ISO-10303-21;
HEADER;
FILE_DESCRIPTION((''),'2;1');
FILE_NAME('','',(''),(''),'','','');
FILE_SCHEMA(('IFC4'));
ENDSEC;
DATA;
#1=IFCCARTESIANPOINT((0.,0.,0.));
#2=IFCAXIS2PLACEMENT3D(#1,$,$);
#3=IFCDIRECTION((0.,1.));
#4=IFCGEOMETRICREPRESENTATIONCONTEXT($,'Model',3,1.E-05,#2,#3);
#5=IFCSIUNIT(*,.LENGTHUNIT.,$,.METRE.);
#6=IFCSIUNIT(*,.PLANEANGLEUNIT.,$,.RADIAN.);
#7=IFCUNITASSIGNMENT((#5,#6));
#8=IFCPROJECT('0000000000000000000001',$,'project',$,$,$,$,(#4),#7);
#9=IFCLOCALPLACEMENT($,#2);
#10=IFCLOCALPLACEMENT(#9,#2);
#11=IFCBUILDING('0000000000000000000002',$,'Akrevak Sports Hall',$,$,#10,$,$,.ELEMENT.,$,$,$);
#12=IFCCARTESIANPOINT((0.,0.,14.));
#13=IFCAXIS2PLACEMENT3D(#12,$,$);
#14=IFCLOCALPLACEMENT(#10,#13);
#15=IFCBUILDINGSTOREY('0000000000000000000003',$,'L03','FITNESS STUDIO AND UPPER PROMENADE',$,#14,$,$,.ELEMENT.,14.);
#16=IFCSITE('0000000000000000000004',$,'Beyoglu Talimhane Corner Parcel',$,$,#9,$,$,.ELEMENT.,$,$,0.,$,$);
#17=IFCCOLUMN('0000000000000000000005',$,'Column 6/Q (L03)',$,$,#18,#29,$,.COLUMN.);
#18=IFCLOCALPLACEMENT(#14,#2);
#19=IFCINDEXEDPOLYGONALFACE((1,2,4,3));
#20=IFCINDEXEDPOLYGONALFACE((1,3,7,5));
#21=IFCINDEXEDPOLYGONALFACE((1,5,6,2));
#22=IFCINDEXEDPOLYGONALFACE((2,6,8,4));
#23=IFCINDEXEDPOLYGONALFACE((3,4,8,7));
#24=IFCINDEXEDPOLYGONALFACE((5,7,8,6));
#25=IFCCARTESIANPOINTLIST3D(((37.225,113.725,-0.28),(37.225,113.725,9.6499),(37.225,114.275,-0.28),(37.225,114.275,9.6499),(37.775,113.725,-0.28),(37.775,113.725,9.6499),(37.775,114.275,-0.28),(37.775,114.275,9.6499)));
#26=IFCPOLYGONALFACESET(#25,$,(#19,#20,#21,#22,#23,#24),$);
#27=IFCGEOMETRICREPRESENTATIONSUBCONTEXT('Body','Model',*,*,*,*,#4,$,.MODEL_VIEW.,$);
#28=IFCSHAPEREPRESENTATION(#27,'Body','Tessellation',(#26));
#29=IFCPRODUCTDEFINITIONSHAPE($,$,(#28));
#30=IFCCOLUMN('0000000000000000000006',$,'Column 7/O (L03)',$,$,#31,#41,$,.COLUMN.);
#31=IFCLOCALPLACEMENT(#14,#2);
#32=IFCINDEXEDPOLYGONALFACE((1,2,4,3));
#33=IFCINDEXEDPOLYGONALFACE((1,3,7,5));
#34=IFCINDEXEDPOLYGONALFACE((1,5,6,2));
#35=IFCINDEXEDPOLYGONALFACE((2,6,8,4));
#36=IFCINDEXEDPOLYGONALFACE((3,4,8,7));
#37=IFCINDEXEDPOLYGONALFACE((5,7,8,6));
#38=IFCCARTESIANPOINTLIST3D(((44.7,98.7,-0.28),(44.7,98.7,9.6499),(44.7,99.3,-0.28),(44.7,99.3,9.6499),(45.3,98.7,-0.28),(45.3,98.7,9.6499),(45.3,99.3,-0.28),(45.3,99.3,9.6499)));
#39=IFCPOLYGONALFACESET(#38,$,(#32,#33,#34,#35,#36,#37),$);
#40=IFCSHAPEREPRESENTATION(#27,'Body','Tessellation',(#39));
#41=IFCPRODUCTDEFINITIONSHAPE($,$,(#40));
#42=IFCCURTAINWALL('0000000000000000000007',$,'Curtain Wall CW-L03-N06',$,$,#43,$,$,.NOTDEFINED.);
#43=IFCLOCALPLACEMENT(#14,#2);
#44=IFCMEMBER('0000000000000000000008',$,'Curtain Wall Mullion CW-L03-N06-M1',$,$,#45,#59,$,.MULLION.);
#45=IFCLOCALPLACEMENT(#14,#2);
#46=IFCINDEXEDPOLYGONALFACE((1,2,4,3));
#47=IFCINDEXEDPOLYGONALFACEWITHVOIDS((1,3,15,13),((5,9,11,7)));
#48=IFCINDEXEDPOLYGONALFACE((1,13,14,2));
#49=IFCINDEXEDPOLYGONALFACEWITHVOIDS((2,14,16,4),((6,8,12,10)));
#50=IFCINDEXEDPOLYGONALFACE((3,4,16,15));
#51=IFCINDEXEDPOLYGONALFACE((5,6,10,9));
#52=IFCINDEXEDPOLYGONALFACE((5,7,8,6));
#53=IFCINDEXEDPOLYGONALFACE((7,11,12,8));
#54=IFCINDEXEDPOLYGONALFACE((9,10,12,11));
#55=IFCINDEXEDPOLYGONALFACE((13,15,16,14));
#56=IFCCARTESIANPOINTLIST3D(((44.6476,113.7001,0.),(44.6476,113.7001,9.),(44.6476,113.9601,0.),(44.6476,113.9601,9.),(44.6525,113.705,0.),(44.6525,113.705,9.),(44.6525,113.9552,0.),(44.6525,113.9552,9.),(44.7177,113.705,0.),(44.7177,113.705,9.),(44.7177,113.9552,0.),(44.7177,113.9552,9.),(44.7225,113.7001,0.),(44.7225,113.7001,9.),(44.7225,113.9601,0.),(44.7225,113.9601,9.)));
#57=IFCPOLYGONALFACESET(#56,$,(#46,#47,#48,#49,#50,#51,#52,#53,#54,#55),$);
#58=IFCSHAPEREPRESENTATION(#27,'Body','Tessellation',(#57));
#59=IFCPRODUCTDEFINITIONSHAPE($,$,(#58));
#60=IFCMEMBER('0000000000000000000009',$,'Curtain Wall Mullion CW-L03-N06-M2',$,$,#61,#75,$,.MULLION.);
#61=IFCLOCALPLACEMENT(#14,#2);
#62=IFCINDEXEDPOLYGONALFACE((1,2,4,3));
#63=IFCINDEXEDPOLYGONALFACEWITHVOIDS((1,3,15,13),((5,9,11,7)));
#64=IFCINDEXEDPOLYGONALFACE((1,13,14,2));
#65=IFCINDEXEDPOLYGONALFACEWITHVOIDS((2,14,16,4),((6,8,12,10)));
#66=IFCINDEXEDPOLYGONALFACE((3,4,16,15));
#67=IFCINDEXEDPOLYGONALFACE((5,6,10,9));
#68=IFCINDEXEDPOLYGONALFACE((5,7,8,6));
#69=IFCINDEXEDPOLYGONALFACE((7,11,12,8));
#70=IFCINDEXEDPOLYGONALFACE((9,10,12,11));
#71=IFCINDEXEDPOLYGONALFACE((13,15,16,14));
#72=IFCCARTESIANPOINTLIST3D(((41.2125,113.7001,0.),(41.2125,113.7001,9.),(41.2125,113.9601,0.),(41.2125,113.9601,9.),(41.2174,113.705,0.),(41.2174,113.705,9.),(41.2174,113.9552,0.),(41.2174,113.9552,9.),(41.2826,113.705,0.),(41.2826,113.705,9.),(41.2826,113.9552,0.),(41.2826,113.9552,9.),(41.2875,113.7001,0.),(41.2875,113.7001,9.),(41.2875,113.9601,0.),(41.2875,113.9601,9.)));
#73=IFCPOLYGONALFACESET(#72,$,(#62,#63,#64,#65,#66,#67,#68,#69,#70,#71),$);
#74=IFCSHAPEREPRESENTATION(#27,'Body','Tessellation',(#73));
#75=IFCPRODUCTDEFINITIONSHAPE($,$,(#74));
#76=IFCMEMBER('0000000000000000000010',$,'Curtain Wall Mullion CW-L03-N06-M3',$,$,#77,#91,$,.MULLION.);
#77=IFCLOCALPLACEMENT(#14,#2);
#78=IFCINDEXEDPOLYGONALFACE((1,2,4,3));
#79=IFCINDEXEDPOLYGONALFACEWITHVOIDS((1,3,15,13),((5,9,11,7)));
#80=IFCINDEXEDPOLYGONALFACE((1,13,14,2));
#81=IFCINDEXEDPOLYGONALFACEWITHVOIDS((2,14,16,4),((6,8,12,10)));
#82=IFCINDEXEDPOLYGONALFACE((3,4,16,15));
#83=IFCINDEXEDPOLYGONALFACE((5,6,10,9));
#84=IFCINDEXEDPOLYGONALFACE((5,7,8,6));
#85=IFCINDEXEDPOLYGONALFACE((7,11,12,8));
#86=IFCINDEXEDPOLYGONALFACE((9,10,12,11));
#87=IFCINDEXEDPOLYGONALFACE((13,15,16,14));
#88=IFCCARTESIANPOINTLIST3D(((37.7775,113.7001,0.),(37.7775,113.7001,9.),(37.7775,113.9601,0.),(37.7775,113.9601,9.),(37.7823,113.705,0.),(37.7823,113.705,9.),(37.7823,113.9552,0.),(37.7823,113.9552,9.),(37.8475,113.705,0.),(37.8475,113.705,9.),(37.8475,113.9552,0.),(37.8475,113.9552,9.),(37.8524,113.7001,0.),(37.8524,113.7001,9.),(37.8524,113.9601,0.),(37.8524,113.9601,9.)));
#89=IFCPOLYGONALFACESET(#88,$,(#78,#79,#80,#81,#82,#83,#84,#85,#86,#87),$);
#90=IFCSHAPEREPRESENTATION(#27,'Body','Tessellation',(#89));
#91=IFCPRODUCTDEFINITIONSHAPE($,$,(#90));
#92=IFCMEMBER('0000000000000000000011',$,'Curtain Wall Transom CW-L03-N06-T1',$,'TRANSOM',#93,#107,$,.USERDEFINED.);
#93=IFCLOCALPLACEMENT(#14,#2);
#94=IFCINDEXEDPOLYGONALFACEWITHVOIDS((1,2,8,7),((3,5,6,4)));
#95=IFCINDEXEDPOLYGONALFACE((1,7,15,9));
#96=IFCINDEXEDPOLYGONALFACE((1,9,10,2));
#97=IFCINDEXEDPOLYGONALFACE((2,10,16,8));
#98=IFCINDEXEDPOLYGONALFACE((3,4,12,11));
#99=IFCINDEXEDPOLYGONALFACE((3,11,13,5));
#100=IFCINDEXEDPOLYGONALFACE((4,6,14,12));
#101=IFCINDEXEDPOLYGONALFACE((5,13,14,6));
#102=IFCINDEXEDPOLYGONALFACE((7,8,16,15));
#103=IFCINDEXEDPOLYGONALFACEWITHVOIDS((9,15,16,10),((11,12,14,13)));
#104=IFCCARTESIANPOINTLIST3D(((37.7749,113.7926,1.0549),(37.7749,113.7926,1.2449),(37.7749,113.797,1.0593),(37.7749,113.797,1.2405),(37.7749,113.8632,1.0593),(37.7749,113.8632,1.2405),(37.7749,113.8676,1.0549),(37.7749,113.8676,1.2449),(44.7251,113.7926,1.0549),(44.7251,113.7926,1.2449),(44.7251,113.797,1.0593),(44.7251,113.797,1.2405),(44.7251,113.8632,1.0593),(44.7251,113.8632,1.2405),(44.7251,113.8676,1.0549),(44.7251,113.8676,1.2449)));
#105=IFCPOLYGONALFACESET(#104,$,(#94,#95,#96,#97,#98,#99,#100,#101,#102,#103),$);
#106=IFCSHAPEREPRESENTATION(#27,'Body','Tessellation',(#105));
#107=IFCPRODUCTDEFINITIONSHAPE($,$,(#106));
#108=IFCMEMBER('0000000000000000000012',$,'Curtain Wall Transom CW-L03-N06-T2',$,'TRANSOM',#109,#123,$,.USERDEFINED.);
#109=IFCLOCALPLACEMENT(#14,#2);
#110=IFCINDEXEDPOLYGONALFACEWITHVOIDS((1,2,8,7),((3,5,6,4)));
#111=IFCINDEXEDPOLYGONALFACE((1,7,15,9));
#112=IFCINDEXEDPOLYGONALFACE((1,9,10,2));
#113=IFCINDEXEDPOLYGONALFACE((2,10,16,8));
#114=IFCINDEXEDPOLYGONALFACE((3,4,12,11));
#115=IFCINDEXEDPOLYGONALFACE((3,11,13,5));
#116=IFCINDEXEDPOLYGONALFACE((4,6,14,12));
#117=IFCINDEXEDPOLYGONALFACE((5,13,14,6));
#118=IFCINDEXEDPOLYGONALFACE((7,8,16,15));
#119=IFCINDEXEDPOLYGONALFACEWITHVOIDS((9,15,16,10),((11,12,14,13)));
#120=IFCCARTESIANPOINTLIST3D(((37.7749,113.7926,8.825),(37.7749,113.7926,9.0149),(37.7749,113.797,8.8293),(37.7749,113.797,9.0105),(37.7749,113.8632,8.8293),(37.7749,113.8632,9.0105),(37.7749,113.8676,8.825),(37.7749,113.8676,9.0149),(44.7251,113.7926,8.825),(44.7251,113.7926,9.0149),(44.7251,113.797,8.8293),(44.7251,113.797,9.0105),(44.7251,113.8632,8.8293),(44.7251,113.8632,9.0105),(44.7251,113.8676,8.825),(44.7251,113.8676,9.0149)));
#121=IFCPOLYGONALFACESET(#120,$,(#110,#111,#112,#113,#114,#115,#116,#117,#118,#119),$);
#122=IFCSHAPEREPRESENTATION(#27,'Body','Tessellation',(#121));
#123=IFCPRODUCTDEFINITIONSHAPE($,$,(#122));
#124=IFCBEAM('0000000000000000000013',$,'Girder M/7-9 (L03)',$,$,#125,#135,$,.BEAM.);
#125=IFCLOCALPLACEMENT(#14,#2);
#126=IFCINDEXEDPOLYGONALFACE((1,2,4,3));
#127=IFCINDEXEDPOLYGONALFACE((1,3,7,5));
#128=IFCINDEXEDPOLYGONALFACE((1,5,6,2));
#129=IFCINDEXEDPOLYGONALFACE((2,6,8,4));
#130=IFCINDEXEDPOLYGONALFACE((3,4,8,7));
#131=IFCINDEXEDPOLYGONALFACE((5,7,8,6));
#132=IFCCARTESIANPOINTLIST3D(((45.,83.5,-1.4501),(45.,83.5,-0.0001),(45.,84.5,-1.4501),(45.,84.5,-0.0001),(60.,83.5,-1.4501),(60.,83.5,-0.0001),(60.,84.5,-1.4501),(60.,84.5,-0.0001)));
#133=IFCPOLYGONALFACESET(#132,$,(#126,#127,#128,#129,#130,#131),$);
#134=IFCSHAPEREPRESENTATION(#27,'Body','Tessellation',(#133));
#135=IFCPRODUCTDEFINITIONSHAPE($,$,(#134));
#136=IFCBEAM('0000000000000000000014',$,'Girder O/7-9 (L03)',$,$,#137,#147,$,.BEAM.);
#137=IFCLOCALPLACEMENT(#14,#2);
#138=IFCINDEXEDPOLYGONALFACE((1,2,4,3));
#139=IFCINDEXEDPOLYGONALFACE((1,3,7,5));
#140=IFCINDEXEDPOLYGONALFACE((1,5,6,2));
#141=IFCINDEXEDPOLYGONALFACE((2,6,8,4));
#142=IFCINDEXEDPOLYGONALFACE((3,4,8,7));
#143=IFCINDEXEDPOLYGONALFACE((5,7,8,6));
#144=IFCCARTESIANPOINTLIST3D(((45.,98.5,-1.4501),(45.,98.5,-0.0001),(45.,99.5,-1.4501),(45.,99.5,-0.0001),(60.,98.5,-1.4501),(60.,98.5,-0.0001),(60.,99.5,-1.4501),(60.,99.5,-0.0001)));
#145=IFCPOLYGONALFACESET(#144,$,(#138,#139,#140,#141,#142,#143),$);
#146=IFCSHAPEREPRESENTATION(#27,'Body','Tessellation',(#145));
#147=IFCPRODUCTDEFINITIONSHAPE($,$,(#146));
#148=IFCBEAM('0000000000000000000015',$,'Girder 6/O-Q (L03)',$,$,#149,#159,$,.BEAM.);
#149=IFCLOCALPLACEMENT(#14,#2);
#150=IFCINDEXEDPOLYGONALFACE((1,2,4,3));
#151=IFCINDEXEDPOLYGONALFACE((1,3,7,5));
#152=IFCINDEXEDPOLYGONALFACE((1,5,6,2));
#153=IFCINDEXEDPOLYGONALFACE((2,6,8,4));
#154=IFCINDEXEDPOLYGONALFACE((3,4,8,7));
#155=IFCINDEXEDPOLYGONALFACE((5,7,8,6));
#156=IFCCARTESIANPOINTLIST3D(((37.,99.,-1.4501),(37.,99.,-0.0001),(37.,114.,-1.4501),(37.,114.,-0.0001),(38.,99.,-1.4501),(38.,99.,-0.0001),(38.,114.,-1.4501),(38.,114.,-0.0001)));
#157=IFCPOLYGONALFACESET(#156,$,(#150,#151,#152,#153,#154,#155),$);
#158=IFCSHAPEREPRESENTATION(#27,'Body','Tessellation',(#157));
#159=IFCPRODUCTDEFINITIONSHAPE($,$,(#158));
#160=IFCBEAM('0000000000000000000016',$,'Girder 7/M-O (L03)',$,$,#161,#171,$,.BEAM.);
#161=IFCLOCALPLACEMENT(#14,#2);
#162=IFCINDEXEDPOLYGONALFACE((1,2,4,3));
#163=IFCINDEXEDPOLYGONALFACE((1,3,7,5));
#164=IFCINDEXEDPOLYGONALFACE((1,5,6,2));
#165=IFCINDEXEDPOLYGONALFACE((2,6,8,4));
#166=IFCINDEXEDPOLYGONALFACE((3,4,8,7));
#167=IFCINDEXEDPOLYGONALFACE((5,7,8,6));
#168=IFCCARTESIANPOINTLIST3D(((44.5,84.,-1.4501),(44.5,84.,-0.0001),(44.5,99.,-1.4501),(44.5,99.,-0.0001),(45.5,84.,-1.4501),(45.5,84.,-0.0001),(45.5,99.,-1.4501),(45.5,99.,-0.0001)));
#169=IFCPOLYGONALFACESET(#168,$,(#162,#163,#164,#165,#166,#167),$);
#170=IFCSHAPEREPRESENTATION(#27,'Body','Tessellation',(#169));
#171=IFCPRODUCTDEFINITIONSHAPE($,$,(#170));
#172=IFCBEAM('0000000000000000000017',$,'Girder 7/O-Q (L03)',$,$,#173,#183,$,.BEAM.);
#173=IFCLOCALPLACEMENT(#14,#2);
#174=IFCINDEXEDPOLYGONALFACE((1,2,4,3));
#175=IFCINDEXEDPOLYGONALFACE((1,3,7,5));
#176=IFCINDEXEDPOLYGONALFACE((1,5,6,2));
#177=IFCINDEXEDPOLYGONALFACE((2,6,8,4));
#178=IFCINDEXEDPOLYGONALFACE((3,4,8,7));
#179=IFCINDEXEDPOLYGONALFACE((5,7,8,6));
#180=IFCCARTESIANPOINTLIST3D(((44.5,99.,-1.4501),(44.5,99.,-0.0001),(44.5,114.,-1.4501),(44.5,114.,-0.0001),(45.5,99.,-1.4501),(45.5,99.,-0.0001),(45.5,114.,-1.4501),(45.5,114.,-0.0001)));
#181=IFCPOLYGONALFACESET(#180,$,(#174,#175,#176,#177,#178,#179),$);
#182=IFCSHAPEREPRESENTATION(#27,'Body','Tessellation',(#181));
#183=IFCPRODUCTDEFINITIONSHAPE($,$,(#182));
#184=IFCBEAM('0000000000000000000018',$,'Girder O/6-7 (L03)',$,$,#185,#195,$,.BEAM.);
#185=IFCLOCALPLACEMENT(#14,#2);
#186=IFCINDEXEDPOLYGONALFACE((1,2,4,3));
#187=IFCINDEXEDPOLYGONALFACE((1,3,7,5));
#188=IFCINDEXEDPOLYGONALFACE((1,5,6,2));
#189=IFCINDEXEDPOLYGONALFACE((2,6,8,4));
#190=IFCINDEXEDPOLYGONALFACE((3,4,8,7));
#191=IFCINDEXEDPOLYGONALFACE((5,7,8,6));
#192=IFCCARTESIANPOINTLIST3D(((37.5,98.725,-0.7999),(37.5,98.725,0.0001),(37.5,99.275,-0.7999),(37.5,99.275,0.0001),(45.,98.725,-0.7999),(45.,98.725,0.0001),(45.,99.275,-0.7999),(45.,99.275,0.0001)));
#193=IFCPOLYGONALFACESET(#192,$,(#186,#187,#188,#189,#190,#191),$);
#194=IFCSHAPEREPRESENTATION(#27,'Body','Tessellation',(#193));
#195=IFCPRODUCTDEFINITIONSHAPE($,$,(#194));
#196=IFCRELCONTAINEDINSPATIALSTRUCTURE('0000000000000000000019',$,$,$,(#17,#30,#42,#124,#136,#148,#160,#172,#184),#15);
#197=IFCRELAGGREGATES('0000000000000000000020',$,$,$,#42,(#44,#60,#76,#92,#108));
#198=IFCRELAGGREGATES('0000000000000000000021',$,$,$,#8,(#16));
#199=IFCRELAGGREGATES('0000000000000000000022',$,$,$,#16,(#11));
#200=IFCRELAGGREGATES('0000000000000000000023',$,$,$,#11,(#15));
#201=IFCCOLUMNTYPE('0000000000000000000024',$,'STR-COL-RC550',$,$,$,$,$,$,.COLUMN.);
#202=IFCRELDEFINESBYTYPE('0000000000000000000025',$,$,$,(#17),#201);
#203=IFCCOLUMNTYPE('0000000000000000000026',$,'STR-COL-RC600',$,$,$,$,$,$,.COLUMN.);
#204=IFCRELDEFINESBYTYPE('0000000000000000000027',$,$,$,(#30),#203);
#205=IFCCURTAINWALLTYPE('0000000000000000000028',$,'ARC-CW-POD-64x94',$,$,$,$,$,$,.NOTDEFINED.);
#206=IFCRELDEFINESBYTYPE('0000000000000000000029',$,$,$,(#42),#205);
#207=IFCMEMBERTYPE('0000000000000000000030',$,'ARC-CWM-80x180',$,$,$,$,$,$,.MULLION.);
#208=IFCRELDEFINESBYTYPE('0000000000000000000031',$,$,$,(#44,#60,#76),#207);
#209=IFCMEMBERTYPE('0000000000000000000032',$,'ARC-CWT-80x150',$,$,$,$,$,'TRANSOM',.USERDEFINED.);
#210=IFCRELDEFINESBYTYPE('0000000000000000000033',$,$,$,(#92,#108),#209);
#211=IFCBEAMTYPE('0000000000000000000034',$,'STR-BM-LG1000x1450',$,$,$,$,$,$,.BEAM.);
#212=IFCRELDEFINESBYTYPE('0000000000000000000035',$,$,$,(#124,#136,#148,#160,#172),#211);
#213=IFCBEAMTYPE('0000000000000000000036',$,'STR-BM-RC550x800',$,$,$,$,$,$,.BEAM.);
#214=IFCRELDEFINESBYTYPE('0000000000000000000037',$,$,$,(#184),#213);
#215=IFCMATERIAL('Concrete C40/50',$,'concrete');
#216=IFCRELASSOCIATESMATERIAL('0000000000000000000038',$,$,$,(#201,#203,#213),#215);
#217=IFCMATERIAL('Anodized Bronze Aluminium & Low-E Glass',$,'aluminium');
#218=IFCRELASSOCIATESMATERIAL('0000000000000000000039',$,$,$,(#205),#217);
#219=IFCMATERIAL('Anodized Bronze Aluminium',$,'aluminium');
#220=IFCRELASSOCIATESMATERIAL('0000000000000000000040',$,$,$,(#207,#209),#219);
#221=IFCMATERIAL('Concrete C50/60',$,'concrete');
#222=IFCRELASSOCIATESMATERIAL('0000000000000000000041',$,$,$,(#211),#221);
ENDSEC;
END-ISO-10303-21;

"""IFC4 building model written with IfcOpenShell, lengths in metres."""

from ifc_helpers import new_model, si_unit, direction, frame, origin, origin_2d, place, context, subcontext, project, spatial, rectangle, hollow_rectangle, extrude, material, material_profile, profile_set, type_object, element, aggregate, save


model = new_model("IFC4")

# Units and contexts
model_context = context("Model", 3, precision=1e-05, world=origin(), true_north=direction((0.0, 1.0)))
body_context = subcontext(model_context, "Body", "Model", "MODEL_VIEW")
ifc_project = project(units=[si_unit("LENGTHUNIT", "METRE"), si_unit("PLANEANGLEUNIT", "RADIAN")], contexts=[model_context])

# Site, building, storey
site_placement = place(None, origin())
site = spatial("IfcSite", under=ifc_project, at=site_placement, Name="Beyoglu Talimhane Corner Parcel", CompositionType="ELEMENT", RefElevation=0.0)
building_placement = place(site_placement, origin())
building = spatial("IfcBuilding", under=site, at=building_placement, Name="Akrevak Sports Hall", CompositionType="ELEMENT")
storey_placement = place(building_placement, frame((0.0, 0.0, 14.0)))
storey = spatial("IfcBuildingStorey", under=building, at=storey_placement, Name="L03", Description="FITNESS STUDIO AND UPPER PROMENADE", CompositionType="ELEMENT", Elevation=14.0)

# Columns
ifc_material_1 = material(Name="Concrete C40/50", Category="concrete")
ifc_material_profile_1 = material_profile(ifc_material_1, rectangle(XDim=0.55, YDim=0.55, at=origin_2d()), Name="RC 550x550", Category="concrete")
ifc_profile_set_1 = profile_set([ifc_material_profile_1], Name="Concrete C40/50")
column_type_1 = type_object("IfcColumnType", Name="STR-COL-RC550", PredefinedType="COLUMN", material=ifc_profile_set_1)
column_1_placement = place(storey_placement, frame((37.5, 114.0, -0.28), z_axis=(0.0, 0.0, 1.0), x_axis=(1.0, 0.0, 0.0)))
element("IfcColumn", 1, at=column_1_placement, inside=storey, type_object=column_type_1, Name="Column 6/Q (L03)", PredefinedType="COLUMN", context=body_context, shape_type="SweptSolid", body=[
    extrude(rectangle(XDim=0.55, YDim=0.55, at=origin_2d()), origin(), (0.0, 0.0, 1.0), 9.9299),
])
ifc_material_profile_2 = material_profile(ifc_material_1, rectangle(XDim=0.6001, YDim=0.6001, at=origin_2d()), Name="RC 600x600", Category="concrete")
ifc_profile_set_2 = profile_set([ifc_material_profile_2], Name="Concrete C40/50")
column_type_2 = type_object("IfcColumnType", Name="STR-COL-RC600", PredefinedType="COLUMN", material=ifc_profile_set_2)
column_2_placement = place(storey_placement, frame((45.0, 99.0, -0.28), z_axis=(0.0, 0.0, 1.0), x_axis=(1.0, 0.0, 0.0)))
element("IfcColumn", 2, at=column_2_placement, inside=storey, type_object=column_type_2, Name="Column 7/O (L03)", PredefinedType="COLUMN", context=body_context, shape_type="SweptSolid", body=[
    extrude(rectangle(XDim=0.6001, YDim=0.6001, at=origin_2d()), origin(), (0.0, 0.0, 1.0), 9.9299),
])

# Curtain wall, members
ifc_material_2 = material(Name="Anodized Bronze Aluminium & Low-E Glass", Category="aluminium")
curtain_wall_type = type_object("IfcCurtainWallType", Name="ARC-CW-POD-64x94", PredefinedType="NOTDEFINED", material=ifc_material_2)
curtain_wall_placement = place(storey_placement, origin())
curtain_wall = element("IfcCurtainWall", 3, at=curtain_wall_placement, inside=storey, type_object=curtain_wall_type, Name="Curtain Wall CW-L03-N06", PredefinedType="NOTDEFINED")
ifc_material_3 = material(Name="Anodized Bronze Aluminium", Category="aluminium")
ifc_material_profile_3 = material_profile(ifc_material_3, hollow_rectangle(XDim=0.075, YDim=0.26, WallThickness=0.0049, at=origin_2d()), Name="CWM 75x260", Category="aluminium")
ifc_profile_set_3 = profile_set([ifc_material_profile_3], Name="Anodized Bronze Aluminium")
member_type_1 = type_object("IfcMemberType", Name="ARC-CWM-80x180", PredefinedType="MULLION", material=ifc_profile_set_3)
member_1_placement = place(storey_placement, frame((44.6851, 113.8301, 0.0), z_axis=(0.0, 0.0, 1.0), x_axis=(-1.0, 0.0, 0.0)))
member_1 = element("IfcMember", 4, at=member_1_placement, type_object=member_type_1, Name="Curtain Wall Mullion CW-L03-N06-M1", PredefinedType="MULLION", context=body_context, shape_type="SweptSolid", body=[
    extrude(hollow_rectangle(XDim=0.075, YDim=0.26, WallThickness=0.0049, at=origin_2d()), origin(), (0.0, 0.0, 1.0), 9.0),
])
member_2_placement = place(storey_placement, frame((41.25, 113.8301, 0.0), z_axis=(0.0, 0.0, 1.0), x_axis=(-1.0, 0.0, 0.0)))
member_2 = element("IfcMember", 5, at=member_2_placement, type_object=member_type_1, Name="Curtain Wall Mullion CW-L03-N06-M2", PredefinedType="MULLION", context=body_context, shape_type="SweptSolid", body=[
    extrude(hollow_rectangle(XDim=0.075, YDim=0.26, WallThickness=0.0049, at=origin_2d()), origin(), (0.0, 0.0, 1.0), 9.0),
])
member_3_placement = place(storey_placement, frame((37.8149, 113.8301, 0.0), z_axis=(0.0, 0.0, 1.0), x_axis=(-1.0, 0.0, 0.0)))
member_3 = element("IfcMember", 6, at=member_3_placement, type_object=member_type_1, Name="Curtain Wall Mullion CW-L03-N06-M3", PredefinedType="MULLION", context=body_context, shape_type="SweptSolid", body=[
    extrude(hollow_rectangle(XDim=0.075, YDim=0.26, WallThickness=0.0049, at=origin_2d()), origin(), (0.0, 0.0, 1.0), 9.0),
])
ifc_material_profile_4 = material_profile(ifc_material_3, hollow_rectangle(XDim=0.075, YDim=0.1899, WallThickness=0.0044, at=origin_2d()), Name="CWT 75x190", Category="aluminium")
ifc_profile_set_4 = profile_set([ifc_material_profile_4], Name="Anodized Bronze Aluminium")
member_type_2 = type_object("IfcMemberType", Name="ARC-CWT-80x150", ElementType="TRANSOM", PredefinedType="USERDEFINED", material=ifc_profile_set_4)
member_4_placement = place(storey_placement, frame((44.7251, 113.8301, 1.1499), z_axis=(-1.0, 0.0, 0.0), x_axis=(0.0, -1.0, 0.0)))
member_4 = element("IfcMember", 7, at=member_4_placement, type_object=member_type_2, Name="Curtain Wall Transom CW-L03-N06-T1", ObjectType="TRANSOM", PredefinedType="USERDEFINED", context=body_context, shape_type="SweptSolid", body=[
    extrude(hollow_rectangle(XDim=0.075, YDim=0.1899, WallThickness=0.0044, at=origin_2d()), origin(), (0.0, 0.0, 1.0), 6.9502),
])
member_5_placement = place(storey_placement, frame((44.7251, 113.8301, 8.9199), z_axis=(-1.0, 0.0, 0.0), x_axis=(0.0, -1.0, 0.0)))
member_5 = element("IfcMember", 8, at=member_5_placement, type_object=member_type_2, Name="Curtain Wall Transom CW-L03-N06-T2", ObjectType="TRANSOM", PredefinedType="USERDEFINED", context=body_context, shape_type="SweptSolid", body=[
    extrude(hollow_rectangle(XDim=0.075, YDim=0.1899, WallThickness=0.0044, at=origin_2d()), origin(), (0.0, 0.0, 1.0), 6.9502),
])

# Beams
ifc_material_4 = material(Name="Concrete C50/60", Category="concrete")
ifc_material_profile_5 = material_profile(ifc_material_4, rectangle(XDim=1.0, YDim=1.45, at=origin_2d()), Name="BM 1000x1450", Category="concrete")
ifc_profile_set_5 = profile_set([ifc_material_profile_5], Name="Concrete C50/60")
beam_type_1 = type_object("IfcBeamType", Name="STR-BM-LG1000x1450", PredefinedType="BEAM", material=ifc_profile_set_5)
for number, where, z_axis, x_axis, name in (
    (9, (45.0, 84.0, -0.7251), (1.0, 0.0, 0.0), (0.0, 1.0, 0.0), "Girder M/7-9 (L03)"),
    (10, (45.0, 99.0, -0.7251), (1.0, 0.0, 0.0), (0.0, 1.0, 0.0), "Girder O/7-9 (L03)"),
    (11, (37.5, 99.0, -0.7251), (0.0, 1.0, 0.0), (-1.0, 0.0, 0.0), "Girder 6/O-Q (L03)"),
    (12, (45.0, 84.0, -0.7251), (0.0, 1.0, 0.0), (-1.0, 0.0, 0.0), "Girder 7/M-O (L03)"),
    (13, (45.0, 99.0, -0.7251), (0.0, 1.0, 0.0), (-1.0, 0.0, 0.0), "Girder 7/O-Q (L03)"),
):
    element("IfcBeam", number, at=place(storey_placement, frame(where, z_axis=z_axis, x_axis=x_axis)), inside=storey, type_object=beam_type_1, Name=name, PredefinedType="BEAM", context=body_context, shape_type="SweptSolid", body=[
        extrude(rectangle(XDim=1.0, YDim=1.45, at=origin_2d()), origin(), (0.0, 0.0, 1.0), 15.0),
    ])
ifc_material_profile_6 = material_profile(ifc_material_1, rectangle(XDim=0.55, YDim=0.8, at=origin_2d()), Name="BM 550x800", Category="concrete")
ifc_profile_set_6 = profile_set([ifc_material_profile_6], Name="Concrete C40/50")
beam_type_2 = type_object("IfcBeamType", Name="STR-BM-RC550x800", PredefinedType="BEAM", material=ifc_profile_set_6)
beam_1_placement = place(storey_placement, frame((37.5, 99.0, -0.3999), z_axis=(1.0, 0.0, 0.0), x_axis=(0.0, 1.0, 0.0)))
element("IfcBeam", 14, at=beam_1_placement, inside=storey, type_object=beam_type_2, Name="Girder O/6-7 (L03)", PredefinedType="BEAM", context=body_context, shape_type="SweptSolid", body=[
    extrude(rectangle(XDim=0.55, YDim=0.8, at=origin_2d()), origin(), (0.0, 0.0, 1.0), 7.5),
])

aggregate(curtain_wall, [member_1, member_2, member_3, member_4, member_5])

save(model, "model.ifc")
